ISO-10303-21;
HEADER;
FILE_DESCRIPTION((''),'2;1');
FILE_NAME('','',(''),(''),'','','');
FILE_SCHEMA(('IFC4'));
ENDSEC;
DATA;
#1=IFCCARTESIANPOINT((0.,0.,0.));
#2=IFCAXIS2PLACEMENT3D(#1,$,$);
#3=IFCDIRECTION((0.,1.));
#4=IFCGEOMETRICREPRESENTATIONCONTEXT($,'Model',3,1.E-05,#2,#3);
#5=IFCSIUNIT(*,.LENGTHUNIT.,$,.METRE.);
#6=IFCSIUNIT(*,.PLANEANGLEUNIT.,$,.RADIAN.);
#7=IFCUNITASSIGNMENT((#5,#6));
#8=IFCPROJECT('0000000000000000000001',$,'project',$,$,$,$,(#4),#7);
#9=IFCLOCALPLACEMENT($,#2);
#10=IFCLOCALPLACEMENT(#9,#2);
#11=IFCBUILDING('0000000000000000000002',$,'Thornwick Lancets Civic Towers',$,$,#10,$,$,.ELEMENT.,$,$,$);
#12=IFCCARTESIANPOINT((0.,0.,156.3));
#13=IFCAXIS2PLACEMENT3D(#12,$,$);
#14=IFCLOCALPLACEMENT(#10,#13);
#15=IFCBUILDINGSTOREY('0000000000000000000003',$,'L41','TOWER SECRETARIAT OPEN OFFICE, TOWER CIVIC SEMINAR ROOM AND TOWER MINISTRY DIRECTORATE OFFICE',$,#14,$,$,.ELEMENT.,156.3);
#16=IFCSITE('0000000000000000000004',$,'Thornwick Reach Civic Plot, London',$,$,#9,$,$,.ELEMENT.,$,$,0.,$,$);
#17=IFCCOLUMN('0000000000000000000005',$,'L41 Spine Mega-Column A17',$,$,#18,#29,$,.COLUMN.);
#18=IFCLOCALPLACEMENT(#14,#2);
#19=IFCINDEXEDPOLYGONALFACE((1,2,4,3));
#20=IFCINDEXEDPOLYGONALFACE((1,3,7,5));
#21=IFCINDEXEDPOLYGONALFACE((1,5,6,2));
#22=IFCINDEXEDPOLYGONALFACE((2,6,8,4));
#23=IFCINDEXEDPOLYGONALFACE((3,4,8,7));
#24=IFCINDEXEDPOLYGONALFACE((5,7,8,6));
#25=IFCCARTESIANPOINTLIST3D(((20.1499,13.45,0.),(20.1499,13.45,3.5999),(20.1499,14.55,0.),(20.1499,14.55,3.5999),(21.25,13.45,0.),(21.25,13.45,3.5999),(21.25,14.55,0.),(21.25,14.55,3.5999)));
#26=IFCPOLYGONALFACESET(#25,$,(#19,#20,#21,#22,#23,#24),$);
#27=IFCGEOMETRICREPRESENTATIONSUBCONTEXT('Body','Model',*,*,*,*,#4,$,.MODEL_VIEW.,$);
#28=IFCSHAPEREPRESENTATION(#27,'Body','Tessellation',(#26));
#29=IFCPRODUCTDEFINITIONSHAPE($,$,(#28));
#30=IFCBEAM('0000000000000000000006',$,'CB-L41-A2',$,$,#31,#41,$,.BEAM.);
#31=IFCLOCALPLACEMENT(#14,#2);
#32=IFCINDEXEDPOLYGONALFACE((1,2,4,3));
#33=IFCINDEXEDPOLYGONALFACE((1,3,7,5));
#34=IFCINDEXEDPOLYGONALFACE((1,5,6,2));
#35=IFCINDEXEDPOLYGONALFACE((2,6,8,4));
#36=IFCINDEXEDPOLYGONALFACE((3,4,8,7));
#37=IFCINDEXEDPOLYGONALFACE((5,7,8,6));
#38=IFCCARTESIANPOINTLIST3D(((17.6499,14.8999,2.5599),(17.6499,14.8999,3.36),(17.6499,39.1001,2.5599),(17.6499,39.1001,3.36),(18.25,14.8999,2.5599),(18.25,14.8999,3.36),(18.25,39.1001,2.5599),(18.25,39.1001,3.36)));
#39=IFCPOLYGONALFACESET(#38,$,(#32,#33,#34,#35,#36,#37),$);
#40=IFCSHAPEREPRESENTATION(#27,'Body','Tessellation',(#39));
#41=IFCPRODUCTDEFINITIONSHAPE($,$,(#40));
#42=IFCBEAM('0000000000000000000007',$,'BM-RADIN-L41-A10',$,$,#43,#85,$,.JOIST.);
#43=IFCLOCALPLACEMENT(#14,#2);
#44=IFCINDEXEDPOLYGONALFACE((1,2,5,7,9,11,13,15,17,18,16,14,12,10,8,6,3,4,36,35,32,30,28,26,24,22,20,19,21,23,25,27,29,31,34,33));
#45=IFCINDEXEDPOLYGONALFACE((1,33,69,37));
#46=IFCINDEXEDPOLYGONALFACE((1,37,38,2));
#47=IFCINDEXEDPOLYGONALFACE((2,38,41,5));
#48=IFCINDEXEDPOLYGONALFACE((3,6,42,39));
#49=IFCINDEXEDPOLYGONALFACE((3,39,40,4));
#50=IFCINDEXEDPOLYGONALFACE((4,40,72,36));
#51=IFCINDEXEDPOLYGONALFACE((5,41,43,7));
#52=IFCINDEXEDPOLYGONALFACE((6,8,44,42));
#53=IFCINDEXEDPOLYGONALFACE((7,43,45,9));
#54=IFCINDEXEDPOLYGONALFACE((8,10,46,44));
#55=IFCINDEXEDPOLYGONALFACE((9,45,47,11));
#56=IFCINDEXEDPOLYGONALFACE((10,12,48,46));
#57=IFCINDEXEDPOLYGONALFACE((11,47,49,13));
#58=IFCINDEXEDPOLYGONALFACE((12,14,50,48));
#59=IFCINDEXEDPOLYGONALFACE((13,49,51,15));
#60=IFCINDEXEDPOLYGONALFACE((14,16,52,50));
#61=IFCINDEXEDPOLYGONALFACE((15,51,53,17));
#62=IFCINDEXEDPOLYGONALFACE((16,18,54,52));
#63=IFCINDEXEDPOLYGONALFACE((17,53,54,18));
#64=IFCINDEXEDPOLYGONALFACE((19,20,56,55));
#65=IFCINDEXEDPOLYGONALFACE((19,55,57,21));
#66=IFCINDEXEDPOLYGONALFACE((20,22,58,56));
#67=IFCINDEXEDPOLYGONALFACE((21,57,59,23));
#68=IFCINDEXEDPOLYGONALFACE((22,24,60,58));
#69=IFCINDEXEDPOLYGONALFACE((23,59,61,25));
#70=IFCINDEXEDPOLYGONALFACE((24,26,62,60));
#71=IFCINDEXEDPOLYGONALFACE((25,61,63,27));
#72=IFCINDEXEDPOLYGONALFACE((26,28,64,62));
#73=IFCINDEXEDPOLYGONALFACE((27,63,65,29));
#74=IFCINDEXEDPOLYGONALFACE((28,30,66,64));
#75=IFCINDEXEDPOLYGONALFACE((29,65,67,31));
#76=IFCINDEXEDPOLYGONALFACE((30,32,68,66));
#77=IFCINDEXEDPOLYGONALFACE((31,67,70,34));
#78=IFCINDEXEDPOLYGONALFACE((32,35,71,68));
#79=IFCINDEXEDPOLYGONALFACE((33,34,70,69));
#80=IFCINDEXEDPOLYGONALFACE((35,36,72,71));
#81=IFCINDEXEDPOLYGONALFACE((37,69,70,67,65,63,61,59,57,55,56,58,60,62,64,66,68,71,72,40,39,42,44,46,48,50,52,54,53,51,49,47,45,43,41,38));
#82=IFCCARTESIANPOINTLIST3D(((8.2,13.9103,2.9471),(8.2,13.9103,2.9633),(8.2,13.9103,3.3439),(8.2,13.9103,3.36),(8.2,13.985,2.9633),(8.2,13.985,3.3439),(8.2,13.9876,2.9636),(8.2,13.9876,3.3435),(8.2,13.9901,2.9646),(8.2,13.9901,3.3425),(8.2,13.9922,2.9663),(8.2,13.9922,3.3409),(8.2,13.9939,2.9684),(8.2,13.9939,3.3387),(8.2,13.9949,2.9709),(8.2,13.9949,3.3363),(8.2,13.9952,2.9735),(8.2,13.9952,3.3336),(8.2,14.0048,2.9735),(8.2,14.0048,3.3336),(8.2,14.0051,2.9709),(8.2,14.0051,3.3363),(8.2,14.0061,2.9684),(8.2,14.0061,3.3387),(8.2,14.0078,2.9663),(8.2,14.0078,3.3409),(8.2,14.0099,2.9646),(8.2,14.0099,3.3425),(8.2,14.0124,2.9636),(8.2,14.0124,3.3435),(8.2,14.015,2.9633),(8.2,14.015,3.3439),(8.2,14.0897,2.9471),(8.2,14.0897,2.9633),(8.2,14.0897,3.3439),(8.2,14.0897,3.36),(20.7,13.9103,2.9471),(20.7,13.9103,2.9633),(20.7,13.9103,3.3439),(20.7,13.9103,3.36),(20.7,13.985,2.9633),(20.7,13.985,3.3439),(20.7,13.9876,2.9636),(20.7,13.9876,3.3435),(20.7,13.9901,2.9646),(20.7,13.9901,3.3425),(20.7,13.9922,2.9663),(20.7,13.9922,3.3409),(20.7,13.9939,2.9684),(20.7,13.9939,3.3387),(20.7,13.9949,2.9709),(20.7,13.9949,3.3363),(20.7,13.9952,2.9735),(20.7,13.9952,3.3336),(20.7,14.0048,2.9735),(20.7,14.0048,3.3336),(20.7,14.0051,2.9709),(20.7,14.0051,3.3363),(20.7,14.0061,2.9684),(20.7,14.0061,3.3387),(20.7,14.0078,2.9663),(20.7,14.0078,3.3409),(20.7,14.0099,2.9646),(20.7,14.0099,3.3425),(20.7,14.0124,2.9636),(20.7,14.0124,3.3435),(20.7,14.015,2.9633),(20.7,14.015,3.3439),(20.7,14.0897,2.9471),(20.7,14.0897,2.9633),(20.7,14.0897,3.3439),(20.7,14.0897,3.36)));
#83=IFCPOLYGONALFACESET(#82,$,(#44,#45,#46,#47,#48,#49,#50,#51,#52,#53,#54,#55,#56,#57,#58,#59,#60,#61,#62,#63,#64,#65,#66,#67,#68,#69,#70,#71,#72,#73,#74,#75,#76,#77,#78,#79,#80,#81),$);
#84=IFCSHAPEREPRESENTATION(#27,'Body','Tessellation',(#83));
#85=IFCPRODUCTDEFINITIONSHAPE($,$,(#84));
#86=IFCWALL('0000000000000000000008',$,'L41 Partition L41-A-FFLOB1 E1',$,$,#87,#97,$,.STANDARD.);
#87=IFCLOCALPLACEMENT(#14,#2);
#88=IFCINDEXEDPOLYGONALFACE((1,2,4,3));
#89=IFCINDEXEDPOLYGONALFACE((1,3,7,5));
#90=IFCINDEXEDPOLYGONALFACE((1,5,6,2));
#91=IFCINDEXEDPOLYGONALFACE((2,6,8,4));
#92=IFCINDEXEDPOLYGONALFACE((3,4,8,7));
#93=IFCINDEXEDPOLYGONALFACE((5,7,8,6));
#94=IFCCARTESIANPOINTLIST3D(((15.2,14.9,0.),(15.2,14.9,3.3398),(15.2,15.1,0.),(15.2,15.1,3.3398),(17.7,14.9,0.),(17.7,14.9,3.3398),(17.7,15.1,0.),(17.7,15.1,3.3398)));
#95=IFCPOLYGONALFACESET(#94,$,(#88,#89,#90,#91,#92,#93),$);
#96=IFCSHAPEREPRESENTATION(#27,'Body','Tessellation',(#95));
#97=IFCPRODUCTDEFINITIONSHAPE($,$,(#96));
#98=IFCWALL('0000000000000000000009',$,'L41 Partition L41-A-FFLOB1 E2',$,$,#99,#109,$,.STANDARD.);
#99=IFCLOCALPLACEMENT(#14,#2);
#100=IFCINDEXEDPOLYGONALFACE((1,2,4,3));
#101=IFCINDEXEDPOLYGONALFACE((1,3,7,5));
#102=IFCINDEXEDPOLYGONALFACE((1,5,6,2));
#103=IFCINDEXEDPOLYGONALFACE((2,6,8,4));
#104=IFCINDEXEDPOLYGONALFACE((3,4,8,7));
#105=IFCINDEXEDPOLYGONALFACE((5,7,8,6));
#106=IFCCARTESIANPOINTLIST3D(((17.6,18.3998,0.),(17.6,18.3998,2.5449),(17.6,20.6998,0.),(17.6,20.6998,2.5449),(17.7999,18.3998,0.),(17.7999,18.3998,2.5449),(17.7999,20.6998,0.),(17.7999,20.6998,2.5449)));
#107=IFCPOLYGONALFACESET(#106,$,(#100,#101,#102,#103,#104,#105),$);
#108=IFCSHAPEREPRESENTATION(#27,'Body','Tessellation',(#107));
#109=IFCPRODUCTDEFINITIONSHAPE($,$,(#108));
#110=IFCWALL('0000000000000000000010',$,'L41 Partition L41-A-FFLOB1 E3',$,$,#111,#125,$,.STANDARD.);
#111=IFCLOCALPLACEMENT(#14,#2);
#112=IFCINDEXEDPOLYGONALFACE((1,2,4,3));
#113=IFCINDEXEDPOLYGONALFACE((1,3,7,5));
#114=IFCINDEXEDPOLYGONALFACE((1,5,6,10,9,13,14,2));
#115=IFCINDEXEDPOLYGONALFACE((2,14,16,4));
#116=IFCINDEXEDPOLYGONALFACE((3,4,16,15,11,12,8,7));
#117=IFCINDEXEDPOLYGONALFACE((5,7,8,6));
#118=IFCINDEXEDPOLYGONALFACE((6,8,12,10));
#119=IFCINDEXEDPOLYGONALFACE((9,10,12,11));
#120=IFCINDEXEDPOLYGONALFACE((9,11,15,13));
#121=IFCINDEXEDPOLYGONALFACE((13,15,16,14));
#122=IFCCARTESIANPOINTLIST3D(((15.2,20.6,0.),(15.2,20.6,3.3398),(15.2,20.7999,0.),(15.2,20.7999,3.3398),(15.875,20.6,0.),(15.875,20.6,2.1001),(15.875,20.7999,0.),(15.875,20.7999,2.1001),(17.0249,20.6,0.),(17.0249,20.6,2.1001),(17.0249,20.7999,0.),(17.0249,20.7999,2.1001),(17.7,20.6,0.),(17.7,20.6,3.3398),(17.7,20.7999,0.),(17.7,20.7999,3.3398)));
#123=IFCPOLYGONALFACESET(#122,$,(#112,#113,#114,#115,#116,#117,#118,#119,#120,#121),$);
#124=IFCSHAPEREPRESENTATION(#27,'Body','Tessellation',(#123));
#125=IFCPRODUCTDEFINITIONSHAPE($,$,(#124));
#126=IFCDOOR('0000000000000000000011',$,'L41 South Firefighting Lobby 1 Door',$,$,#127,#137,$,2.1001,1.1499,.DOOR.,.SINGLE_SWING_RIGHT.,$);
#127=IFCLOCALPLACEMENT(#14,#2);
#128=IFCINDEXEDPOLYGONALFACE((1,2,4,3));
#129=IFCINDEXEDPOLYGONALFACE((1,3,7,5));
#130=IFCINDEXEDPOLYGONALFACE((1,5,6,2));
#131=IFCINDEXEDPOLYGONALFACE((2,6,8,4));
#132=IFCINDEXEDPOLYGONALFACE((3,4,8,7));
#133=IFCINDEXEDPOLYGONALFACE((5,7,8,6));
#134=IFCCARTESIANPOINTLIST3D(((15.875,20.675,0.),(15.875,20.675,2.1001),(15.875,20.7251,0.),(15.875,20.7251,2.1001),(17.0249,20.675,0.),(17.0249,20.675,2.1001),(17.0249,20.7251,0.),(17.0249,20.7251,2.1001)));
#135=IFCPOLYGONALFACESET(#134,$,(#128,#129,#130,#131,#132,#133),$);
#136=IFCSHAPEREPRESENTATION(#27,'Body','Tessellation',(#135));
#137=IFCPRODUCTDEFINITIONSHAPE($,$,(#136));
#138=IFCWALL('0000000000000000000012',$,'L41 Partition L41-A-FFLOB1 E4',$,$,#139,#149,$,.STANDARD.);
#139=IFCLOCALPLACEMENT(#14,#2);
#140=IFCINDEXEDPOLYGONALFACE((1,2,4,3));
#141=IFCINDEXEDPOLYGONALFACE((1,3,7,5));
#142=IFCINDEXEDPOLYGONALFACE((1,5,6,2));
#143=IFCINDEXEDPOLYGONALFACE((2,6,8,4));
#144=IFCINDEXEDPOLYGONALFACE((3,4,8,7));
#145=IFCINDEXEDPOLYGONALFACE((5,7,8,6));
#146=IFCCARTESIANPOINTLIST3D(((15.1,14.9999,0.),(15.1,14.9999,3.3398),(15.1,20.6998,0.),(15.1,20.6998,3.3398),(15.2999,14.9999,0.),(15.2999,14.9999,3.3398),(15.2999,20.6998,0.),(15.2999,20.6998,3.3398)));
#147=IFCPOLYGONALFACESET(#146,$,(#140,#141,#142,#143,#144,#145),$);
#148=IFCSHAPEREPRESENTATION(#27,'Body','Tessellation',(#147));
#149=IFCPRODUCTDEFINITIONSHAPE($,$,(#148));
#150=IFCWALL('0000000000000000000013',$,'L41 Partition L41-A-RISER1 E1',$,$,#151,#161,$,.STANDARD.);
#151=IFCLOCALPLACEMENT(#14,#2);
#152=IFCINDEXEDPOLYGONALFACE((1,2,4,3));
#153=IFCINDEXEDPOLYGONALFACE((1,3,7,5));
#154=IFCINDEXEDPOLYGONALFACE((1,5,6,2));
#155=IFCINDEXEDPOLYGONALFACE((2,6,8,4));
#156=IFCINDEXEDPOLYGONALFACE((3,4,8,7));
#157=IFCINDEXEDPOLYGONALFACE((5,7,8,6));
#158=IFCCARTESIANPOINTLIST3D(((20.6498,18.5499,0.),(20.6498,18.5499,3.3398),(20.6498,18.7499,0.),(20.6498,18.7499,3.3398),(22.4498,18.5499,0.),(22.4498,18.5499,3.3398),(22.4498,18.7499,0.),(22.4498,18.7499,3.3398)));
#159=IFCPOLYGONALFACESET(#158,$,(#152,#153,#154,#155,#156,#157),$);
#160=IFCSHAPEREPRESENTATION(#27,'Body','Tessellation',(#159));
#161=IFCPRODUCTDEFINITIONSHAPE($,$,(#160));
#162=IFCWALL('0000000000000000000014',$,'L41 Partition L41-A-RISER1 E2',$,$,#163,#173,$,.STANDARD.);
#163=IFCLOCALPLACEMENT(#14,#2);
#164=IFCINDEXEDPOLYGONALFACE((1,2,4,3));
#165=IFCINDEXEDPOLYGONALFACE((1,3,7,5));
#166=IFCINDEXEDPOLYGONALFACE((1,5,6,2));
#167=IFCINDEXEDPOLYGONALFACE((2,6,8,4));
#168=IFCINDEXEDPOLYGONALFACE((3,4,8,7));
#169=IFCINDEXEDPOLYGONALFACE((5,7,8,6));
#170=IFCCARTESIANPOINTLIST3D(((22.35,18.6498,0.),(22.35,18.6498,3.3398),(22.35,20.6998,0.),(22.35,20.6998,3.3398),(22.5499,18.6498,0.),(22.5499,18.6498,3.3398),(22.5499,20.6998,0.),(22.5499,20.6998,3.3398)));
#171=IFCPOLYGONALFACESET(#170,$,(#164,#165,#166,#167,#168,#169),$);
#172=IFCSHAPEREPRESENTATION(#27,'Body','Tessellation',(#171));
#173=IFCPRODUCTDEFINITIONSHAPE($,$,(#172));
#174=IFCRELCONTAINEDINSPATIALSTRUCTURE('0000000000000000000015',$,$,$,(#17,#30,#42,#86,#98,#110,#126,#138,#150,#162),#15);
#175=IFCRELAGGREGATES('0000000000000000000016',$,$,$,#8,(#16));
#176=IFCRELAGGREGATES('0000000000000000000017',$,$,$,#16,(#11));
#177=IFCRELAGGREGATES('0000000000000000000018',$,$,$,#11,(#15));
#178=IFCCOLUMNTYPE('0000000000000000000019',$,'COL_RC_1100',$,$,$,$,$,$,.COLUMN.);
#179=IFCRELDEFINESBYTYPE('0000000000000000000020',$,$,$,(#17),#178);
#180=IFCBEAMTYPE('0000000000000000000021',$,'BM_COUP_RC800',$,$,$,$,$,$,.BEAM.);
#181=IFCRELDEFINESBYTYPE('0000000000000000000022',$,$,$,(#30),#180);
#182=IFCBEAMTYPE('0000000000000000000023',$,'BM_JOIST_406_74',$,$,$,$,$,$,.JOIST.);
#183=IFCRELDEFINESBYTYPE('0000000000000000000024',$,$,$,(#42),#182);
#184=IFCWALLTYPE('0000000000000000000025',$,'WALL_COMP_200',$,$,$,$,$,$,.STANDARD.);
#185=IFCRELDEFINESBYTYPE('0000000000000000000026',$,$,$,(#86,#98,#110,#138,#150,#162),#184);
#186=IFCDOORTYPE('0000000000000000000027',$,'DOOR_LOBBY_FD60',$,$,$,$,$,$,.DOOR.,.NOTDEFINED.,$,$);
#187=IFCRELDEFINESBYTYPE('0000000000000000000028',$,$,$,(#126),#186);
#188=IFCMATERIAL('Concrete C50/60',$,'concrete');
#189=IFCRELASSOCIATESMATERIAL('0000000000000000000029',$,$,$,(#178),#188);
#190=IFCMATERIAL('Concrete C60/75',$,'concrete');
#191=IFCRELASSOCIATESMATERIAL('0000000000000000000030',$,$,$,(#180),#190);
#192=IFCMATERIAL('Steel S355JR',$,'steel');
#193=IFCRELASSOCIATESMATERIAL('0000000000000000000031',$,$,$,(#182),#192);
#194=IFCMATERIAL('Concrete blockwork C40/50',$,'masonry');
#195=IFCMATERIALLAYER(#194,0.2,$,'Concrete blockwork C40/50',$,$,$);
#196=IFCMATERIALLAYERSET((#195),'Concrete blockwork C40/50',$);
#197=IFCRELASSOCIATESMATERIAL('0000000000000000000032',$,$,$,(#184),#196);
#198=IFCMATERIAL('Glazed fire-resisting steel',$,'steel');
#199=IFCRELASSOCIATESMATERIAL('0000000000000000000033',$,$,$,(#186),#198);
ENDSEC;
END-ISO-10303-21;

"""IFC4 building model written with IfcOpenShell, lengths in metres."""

from ifc_helpers import new_model, si_unit, direction, frame, frame_2d, origin, origin_2d, place, context, subcontext, project, spatial, rectangle, i_section, extrude, material, layer, layer_set, material_profile, profile_set, type_object, element, fill, save


model = new_model("IFC4")

# Units and contexts
model_context = context("Model", 3, precision=1e-05, world=origin(), true_north=direction((0.0, 1.0)))
body_context = subcontext(model_context, "Body", "Model", "MODEL_VIEW")
ifc_project = project(units=[si_unit("LENGTHUNIT", "METRE"), si_unit("PLANEANGLEUNIT", "RADIAN")], contexts=[model_context])

# Site, building, storey
site_placement = place(None, origin())
site = spatial("IfcSite", under=ifc_project, at=site_placement, Name="Thornwick Reach Civic Plot, London", CompositionType="ELEMENT", RefElevation=0.0)
building_placement = place(site_placement, origin())
building = spatial("IfcBuilding", under=site, at=building_placement, Name="Thornwick Lancets Civic Towers", CompositionType="ELEMENT")
storey_placement = place(building_placement, frame((0.0, 0.0, 156.3)))
storey = spatial("IfcBuildingStorey", under=building, at=storey_placement, Name="L41", Description="TOWER SECRETARIAT OPEN OFFICE, TOWER CIVIC SEMINAR ROOM AND TOWER MINISTRY DIRECTORATE OFFICE", CompositionType="ELEMENT", Elevation=156.3)

# Column
ifc_material_1 = material(Name="Concrete C50/60", Category="concrete")
ifc_material_profile_1 = material_profile(ifc_material_1, rectangle(XDim=1.1001, YDim=1.1001, at=origin_2d()), Name="RC 1100x1100")
ifc_profile_set_1 = profile_set([ifc_material_profile_1], Name="Concrete C50/60")
column_type = type_object("IfcColumnType", Name="COL_RC_1100", PredefinedType="COLUMN", material=ifc_profile_set_1)
column_placement = place(storey_placement, frame((20.7, 14.0, 0.0), z_axis=(0.0, 0.0, 1.0), x_axis=(1.0, 0.0, 0.0)))
element("IfcColumn", 1, at=column_placement, inside=storey, type_object=column_type, Name="L41 Spine Mega-Column A17", PredefinedType="COLUMN", context=body_context, shape_type="SweptSolid", body=[
    extrude(rectangle(XDim=1.1001, YDim=1.1001, at=origin_2d()), origin(), (0.0, 0.0, 1.0), 3.5999),
])

# Beams
ifc_material_2 = material(Name="Concrete C60/75", Category="concrete")
ifc_material_profile_2 = material_profile(ifc_material_2, rectangle(XDim=0.6001, YDim=0.8, at=origin_2d()), Name="RC 600x800")
ifc_profile_set_2 = profile_set([ifc_material_profile_2], Name="Concrete C60/75")
beam_type_1 = type_object("IfcBeamType", Name="BM_COUP_RC800", PredefinedType="BEAM", material=ifc_profile_set_2)
beam_1_placement = place(storey_placement, frame((17.95, 14.8999, 2.96), z_axis=(0.0, 1.0, 0.0), x_axis=(-1.0, 0.0, 0.0)))
element("IfcBeam", 2, at=beam_1_placement, inside=storey, type_object=beam_type_1, Name="CB-L41-A2", PredefinedType="BEAM", context=body_context, shape_type="SweptSolid", body=[
    extrude(rectangle(XDim=0.6001, YDim=0.8, at=origin_2d()), origin(), (0.0, 0.0, 1.0), 24.2002),
])
ifc_material_3 = material(Name="Steel S355JR", Category="steel")
ifc_material_profile_3 = material_profile(ifc_material_3, i_section(OverallWidth=0.1794, OverallDepth=0.4128, WebThickness=0.0095, FlangeThickness=0.0161, FilletRadius=0.0103, at=origin_2d()), Name="UKB 406x178x74")
ifc_profile_set_3 = profile_set([ifc_material_profile_3], Name="Steel S355JR")
beam_type_2 = type_object("IfcBeamType", Name="BM_JOIST_406_74", PredefinedType="JOIST", material=ifc_profile_set_3)
beam_2_placement = place(storey_placement, frame((20.7, 14.0, 3.1536), z_axis=(-1.0, 0.0, 0.0), x_axis=(0.0, -1.0, 0.0)))
element("IfcBeam", 3, at=beam_2_placement, inside=storey, type_object=beam_type_2, Name="BM-RADIN-L41-A10", PredefinedType="JOIST", context=body_context, shape_type="SweptSolid", body=[
    extrude(i_section(OverallWidth=0.1794, OverallDepth=0.4128, WebThickness=0.0095, FlangeThickness=0.0161, FilletRadius=0.0103, at=origin_2d()), origin(), (0.0, 0.0, 1.0), 12.5),
])

# Walls
ifc_material_4 = material(Name="Concrete blockwork C40/50", Category="masonry")
ifc_layer_1 = layer(ifc_material_4, 0.2, Name="Concrete blockwork C40/50")
ifc_layer_set_1 = layer_set([ifc_layer_1], Name="Concrete blockwork C40/50")
wall_type_1 = type_object("IfcWallType", Name="WALL_COMP_200", PredefinedType="STANDARD", material=ifc_layer_set_1)
wall_1_placement = place(storey_placement, frame((15.2, 15.0, 0.0), z_axis=(0.0, 0.0, 1.0), x_axis=(1.0, 0.0, 0.0)))
element("IfcWall", 4, at=wall_1_placement, inside=storey, type_object=wall_type_1, Name="L41 Partition L41-A-FFLOB1 E1", PredefinedType="STANDARD", context=body_context, shape_type="SweptSolid", body=[
    extrude(rectangle(XDim=2.5, YDim=0.2, at=frame_2d((1.25, 0.0))), origin(), (0.0, 0.0, 1.0), 3.3398),
])
wall_2_placement = place(storey_placement, frame((17.7, 18.3999, 0.0), z_axis=(0.0, 0.0, 1.0), x_axis=(0.0, 1.0, 0.0)))
element("IfcWall", 5, at=wall_2_placement, inside=storey, type_object=wall_type_1, Name="L41 Partition L41-A-FFLOB1 E2", PredefinedType="STANDARD", context=body_context, shape_type="SweptSolid", body=[
    extrude(rectangle(XDim=2.3, YDim=0.2, at=frame_2d((1.1499, 0.0))), origin(), (0.0, 0.0, 1.0), 2.5449),
])

# Wall, opening, door
wall_3_placement = place(storey_placement, frame((17.7, 20.7, 0.0), z_axis=(0.0, 0.0, 1.0), x_axis=(-1.0, 0.0, 0.0)))
wall_3 = element("IfcWall", 6, at=wall_3_placement, inside=storey, type_object=wall_type_1, Name="L41 Partition L41-A-FFLOB1 E3", PredefinedType="STANDARD", context=body_context, shape_type="SweptSolid", body=[
    extrude(rectangle(XDim=2.5, YDim=0.2, at=frame_2d((1.25, 0.0))), origin(), (0.0, 0.0, 1.0), 3.3398),
])
opening_1_placement = place(wall_3_placement, frame((0.675, 0.0, 0.0)))
opening_1 = element("IfcOpeningElement", 7, at=opening_1_placement, cuts=wall_3, PredefinedType="OPENING", context=body_context, shape_type="SweptSolid", body=[
    extrude(rectangle(XDim=1.1499, YDim=2.1001, at=frame_2d((0.575, 1.05))), frame((0.0, 0.1099, 0.0), z_axis=(0.0, -1.0, 0.0), x_axis=(1.0, 0.0, 0.0)), (0.0, 0.0, 1.0), 0.22),
])
ifc_material_5 = material(Name="Glazed fire-resisting steel", Category="steel")
door_type_1 = type_object("IfcDoorType", Name="DOOR_LOBBY_FD60", OperationType="NOTDEFINED", PredefinedType="DOOR", material=ifc_material_5)
door_1_placement = place(opening_1_placement, origin())
door_1 = element("IfcDoor", 8, at=door_1_placement, inside=storey, type_object=door_type_1, Name="L41 South Firefighting Lobby 1 Door", OperationType="SINGLE_SWING_RIGHT", OverallHeight=2.1001, OverallWidth=1.1499, PredefinedType="DOOR", context=body_context, shape_type="SweptSolid", body=[
    extrude(rectangle(XDim=1.1499, YDim=2.1001, at=frame_2d((0.575, 1.05))), frame((0.0, 0.0249, 0.0), z_axis=(0.0, -1.0, 0.0), x_axis=(1.0, 0.0, 0.0)), (0.0, 0.0, 1.0), 0.05),
])
fill(opening_1, door_1)

# Walls
wall_4_placement = place(storey_placement, frame((15.2, 20.7, 0.0), z_axis=(0.0, 0.0, 1.0), x_axis=(0.0, -1.0, 0.0)))
element("IfcWall", 9, at=wall_4_placement, inside=storey, type_object=wall_type_1, Name="L41 Partition L41-A-FFLOB1 E4", PredefinedType="STANDARD", context=body_context, shape_type="SweptSolid", body=[
    extrude(rectangle(XDim=5.7, YDim=0.2, at=frame_2d((2.8501, 0.0))), origin(), (0.0, 0.0, 1.0), 3.3398),
])
wall_5_placement = place(storey_placement, frame((20.6499, 18.6499, 0.0), z_axis=(0.0, 0.0, 1.0), x_axis=(1.0, 0.0, 0.0)))
element("IfcWall", 10, at=wall_5_placement, inside=storey, type_object=wall_type_1, Name="L41 Partition L41-A-RISER1 E1", PredefinedType="STANDARD", context=body_context, shape_type="SweptSolid", body=[
    extrude(rectangle(XDim=1.8, YDim=0.2, at=frame_2d((0.8999, 0.0))), origin(), (0.0, 0.0, 1.0), 3.3398),
])
wall_6_placement = place(storey_placement, frame((22.45, 18.6499, 0.0), z_axis=(0.0, 0.0, 1.0), x_axis=(0.0, 1.0, 0.0)))
element("IfcWall", 11, at=wall_6_placement, inside=storey, type_object=wall_type_1, Name="L41 Partition L41-A-RISER1 E2", PredefinedType="STANDARD", context=body_context, shape_type="SweptSolid", body=[
    extrude(rectangle(XDim=2.05, YDim=0.2, at=frame_2d((1.0249, 0.0))), origin(), (0.0, 0.0, 1.0), 3.3398),
])

save(model, "model.ifc")
